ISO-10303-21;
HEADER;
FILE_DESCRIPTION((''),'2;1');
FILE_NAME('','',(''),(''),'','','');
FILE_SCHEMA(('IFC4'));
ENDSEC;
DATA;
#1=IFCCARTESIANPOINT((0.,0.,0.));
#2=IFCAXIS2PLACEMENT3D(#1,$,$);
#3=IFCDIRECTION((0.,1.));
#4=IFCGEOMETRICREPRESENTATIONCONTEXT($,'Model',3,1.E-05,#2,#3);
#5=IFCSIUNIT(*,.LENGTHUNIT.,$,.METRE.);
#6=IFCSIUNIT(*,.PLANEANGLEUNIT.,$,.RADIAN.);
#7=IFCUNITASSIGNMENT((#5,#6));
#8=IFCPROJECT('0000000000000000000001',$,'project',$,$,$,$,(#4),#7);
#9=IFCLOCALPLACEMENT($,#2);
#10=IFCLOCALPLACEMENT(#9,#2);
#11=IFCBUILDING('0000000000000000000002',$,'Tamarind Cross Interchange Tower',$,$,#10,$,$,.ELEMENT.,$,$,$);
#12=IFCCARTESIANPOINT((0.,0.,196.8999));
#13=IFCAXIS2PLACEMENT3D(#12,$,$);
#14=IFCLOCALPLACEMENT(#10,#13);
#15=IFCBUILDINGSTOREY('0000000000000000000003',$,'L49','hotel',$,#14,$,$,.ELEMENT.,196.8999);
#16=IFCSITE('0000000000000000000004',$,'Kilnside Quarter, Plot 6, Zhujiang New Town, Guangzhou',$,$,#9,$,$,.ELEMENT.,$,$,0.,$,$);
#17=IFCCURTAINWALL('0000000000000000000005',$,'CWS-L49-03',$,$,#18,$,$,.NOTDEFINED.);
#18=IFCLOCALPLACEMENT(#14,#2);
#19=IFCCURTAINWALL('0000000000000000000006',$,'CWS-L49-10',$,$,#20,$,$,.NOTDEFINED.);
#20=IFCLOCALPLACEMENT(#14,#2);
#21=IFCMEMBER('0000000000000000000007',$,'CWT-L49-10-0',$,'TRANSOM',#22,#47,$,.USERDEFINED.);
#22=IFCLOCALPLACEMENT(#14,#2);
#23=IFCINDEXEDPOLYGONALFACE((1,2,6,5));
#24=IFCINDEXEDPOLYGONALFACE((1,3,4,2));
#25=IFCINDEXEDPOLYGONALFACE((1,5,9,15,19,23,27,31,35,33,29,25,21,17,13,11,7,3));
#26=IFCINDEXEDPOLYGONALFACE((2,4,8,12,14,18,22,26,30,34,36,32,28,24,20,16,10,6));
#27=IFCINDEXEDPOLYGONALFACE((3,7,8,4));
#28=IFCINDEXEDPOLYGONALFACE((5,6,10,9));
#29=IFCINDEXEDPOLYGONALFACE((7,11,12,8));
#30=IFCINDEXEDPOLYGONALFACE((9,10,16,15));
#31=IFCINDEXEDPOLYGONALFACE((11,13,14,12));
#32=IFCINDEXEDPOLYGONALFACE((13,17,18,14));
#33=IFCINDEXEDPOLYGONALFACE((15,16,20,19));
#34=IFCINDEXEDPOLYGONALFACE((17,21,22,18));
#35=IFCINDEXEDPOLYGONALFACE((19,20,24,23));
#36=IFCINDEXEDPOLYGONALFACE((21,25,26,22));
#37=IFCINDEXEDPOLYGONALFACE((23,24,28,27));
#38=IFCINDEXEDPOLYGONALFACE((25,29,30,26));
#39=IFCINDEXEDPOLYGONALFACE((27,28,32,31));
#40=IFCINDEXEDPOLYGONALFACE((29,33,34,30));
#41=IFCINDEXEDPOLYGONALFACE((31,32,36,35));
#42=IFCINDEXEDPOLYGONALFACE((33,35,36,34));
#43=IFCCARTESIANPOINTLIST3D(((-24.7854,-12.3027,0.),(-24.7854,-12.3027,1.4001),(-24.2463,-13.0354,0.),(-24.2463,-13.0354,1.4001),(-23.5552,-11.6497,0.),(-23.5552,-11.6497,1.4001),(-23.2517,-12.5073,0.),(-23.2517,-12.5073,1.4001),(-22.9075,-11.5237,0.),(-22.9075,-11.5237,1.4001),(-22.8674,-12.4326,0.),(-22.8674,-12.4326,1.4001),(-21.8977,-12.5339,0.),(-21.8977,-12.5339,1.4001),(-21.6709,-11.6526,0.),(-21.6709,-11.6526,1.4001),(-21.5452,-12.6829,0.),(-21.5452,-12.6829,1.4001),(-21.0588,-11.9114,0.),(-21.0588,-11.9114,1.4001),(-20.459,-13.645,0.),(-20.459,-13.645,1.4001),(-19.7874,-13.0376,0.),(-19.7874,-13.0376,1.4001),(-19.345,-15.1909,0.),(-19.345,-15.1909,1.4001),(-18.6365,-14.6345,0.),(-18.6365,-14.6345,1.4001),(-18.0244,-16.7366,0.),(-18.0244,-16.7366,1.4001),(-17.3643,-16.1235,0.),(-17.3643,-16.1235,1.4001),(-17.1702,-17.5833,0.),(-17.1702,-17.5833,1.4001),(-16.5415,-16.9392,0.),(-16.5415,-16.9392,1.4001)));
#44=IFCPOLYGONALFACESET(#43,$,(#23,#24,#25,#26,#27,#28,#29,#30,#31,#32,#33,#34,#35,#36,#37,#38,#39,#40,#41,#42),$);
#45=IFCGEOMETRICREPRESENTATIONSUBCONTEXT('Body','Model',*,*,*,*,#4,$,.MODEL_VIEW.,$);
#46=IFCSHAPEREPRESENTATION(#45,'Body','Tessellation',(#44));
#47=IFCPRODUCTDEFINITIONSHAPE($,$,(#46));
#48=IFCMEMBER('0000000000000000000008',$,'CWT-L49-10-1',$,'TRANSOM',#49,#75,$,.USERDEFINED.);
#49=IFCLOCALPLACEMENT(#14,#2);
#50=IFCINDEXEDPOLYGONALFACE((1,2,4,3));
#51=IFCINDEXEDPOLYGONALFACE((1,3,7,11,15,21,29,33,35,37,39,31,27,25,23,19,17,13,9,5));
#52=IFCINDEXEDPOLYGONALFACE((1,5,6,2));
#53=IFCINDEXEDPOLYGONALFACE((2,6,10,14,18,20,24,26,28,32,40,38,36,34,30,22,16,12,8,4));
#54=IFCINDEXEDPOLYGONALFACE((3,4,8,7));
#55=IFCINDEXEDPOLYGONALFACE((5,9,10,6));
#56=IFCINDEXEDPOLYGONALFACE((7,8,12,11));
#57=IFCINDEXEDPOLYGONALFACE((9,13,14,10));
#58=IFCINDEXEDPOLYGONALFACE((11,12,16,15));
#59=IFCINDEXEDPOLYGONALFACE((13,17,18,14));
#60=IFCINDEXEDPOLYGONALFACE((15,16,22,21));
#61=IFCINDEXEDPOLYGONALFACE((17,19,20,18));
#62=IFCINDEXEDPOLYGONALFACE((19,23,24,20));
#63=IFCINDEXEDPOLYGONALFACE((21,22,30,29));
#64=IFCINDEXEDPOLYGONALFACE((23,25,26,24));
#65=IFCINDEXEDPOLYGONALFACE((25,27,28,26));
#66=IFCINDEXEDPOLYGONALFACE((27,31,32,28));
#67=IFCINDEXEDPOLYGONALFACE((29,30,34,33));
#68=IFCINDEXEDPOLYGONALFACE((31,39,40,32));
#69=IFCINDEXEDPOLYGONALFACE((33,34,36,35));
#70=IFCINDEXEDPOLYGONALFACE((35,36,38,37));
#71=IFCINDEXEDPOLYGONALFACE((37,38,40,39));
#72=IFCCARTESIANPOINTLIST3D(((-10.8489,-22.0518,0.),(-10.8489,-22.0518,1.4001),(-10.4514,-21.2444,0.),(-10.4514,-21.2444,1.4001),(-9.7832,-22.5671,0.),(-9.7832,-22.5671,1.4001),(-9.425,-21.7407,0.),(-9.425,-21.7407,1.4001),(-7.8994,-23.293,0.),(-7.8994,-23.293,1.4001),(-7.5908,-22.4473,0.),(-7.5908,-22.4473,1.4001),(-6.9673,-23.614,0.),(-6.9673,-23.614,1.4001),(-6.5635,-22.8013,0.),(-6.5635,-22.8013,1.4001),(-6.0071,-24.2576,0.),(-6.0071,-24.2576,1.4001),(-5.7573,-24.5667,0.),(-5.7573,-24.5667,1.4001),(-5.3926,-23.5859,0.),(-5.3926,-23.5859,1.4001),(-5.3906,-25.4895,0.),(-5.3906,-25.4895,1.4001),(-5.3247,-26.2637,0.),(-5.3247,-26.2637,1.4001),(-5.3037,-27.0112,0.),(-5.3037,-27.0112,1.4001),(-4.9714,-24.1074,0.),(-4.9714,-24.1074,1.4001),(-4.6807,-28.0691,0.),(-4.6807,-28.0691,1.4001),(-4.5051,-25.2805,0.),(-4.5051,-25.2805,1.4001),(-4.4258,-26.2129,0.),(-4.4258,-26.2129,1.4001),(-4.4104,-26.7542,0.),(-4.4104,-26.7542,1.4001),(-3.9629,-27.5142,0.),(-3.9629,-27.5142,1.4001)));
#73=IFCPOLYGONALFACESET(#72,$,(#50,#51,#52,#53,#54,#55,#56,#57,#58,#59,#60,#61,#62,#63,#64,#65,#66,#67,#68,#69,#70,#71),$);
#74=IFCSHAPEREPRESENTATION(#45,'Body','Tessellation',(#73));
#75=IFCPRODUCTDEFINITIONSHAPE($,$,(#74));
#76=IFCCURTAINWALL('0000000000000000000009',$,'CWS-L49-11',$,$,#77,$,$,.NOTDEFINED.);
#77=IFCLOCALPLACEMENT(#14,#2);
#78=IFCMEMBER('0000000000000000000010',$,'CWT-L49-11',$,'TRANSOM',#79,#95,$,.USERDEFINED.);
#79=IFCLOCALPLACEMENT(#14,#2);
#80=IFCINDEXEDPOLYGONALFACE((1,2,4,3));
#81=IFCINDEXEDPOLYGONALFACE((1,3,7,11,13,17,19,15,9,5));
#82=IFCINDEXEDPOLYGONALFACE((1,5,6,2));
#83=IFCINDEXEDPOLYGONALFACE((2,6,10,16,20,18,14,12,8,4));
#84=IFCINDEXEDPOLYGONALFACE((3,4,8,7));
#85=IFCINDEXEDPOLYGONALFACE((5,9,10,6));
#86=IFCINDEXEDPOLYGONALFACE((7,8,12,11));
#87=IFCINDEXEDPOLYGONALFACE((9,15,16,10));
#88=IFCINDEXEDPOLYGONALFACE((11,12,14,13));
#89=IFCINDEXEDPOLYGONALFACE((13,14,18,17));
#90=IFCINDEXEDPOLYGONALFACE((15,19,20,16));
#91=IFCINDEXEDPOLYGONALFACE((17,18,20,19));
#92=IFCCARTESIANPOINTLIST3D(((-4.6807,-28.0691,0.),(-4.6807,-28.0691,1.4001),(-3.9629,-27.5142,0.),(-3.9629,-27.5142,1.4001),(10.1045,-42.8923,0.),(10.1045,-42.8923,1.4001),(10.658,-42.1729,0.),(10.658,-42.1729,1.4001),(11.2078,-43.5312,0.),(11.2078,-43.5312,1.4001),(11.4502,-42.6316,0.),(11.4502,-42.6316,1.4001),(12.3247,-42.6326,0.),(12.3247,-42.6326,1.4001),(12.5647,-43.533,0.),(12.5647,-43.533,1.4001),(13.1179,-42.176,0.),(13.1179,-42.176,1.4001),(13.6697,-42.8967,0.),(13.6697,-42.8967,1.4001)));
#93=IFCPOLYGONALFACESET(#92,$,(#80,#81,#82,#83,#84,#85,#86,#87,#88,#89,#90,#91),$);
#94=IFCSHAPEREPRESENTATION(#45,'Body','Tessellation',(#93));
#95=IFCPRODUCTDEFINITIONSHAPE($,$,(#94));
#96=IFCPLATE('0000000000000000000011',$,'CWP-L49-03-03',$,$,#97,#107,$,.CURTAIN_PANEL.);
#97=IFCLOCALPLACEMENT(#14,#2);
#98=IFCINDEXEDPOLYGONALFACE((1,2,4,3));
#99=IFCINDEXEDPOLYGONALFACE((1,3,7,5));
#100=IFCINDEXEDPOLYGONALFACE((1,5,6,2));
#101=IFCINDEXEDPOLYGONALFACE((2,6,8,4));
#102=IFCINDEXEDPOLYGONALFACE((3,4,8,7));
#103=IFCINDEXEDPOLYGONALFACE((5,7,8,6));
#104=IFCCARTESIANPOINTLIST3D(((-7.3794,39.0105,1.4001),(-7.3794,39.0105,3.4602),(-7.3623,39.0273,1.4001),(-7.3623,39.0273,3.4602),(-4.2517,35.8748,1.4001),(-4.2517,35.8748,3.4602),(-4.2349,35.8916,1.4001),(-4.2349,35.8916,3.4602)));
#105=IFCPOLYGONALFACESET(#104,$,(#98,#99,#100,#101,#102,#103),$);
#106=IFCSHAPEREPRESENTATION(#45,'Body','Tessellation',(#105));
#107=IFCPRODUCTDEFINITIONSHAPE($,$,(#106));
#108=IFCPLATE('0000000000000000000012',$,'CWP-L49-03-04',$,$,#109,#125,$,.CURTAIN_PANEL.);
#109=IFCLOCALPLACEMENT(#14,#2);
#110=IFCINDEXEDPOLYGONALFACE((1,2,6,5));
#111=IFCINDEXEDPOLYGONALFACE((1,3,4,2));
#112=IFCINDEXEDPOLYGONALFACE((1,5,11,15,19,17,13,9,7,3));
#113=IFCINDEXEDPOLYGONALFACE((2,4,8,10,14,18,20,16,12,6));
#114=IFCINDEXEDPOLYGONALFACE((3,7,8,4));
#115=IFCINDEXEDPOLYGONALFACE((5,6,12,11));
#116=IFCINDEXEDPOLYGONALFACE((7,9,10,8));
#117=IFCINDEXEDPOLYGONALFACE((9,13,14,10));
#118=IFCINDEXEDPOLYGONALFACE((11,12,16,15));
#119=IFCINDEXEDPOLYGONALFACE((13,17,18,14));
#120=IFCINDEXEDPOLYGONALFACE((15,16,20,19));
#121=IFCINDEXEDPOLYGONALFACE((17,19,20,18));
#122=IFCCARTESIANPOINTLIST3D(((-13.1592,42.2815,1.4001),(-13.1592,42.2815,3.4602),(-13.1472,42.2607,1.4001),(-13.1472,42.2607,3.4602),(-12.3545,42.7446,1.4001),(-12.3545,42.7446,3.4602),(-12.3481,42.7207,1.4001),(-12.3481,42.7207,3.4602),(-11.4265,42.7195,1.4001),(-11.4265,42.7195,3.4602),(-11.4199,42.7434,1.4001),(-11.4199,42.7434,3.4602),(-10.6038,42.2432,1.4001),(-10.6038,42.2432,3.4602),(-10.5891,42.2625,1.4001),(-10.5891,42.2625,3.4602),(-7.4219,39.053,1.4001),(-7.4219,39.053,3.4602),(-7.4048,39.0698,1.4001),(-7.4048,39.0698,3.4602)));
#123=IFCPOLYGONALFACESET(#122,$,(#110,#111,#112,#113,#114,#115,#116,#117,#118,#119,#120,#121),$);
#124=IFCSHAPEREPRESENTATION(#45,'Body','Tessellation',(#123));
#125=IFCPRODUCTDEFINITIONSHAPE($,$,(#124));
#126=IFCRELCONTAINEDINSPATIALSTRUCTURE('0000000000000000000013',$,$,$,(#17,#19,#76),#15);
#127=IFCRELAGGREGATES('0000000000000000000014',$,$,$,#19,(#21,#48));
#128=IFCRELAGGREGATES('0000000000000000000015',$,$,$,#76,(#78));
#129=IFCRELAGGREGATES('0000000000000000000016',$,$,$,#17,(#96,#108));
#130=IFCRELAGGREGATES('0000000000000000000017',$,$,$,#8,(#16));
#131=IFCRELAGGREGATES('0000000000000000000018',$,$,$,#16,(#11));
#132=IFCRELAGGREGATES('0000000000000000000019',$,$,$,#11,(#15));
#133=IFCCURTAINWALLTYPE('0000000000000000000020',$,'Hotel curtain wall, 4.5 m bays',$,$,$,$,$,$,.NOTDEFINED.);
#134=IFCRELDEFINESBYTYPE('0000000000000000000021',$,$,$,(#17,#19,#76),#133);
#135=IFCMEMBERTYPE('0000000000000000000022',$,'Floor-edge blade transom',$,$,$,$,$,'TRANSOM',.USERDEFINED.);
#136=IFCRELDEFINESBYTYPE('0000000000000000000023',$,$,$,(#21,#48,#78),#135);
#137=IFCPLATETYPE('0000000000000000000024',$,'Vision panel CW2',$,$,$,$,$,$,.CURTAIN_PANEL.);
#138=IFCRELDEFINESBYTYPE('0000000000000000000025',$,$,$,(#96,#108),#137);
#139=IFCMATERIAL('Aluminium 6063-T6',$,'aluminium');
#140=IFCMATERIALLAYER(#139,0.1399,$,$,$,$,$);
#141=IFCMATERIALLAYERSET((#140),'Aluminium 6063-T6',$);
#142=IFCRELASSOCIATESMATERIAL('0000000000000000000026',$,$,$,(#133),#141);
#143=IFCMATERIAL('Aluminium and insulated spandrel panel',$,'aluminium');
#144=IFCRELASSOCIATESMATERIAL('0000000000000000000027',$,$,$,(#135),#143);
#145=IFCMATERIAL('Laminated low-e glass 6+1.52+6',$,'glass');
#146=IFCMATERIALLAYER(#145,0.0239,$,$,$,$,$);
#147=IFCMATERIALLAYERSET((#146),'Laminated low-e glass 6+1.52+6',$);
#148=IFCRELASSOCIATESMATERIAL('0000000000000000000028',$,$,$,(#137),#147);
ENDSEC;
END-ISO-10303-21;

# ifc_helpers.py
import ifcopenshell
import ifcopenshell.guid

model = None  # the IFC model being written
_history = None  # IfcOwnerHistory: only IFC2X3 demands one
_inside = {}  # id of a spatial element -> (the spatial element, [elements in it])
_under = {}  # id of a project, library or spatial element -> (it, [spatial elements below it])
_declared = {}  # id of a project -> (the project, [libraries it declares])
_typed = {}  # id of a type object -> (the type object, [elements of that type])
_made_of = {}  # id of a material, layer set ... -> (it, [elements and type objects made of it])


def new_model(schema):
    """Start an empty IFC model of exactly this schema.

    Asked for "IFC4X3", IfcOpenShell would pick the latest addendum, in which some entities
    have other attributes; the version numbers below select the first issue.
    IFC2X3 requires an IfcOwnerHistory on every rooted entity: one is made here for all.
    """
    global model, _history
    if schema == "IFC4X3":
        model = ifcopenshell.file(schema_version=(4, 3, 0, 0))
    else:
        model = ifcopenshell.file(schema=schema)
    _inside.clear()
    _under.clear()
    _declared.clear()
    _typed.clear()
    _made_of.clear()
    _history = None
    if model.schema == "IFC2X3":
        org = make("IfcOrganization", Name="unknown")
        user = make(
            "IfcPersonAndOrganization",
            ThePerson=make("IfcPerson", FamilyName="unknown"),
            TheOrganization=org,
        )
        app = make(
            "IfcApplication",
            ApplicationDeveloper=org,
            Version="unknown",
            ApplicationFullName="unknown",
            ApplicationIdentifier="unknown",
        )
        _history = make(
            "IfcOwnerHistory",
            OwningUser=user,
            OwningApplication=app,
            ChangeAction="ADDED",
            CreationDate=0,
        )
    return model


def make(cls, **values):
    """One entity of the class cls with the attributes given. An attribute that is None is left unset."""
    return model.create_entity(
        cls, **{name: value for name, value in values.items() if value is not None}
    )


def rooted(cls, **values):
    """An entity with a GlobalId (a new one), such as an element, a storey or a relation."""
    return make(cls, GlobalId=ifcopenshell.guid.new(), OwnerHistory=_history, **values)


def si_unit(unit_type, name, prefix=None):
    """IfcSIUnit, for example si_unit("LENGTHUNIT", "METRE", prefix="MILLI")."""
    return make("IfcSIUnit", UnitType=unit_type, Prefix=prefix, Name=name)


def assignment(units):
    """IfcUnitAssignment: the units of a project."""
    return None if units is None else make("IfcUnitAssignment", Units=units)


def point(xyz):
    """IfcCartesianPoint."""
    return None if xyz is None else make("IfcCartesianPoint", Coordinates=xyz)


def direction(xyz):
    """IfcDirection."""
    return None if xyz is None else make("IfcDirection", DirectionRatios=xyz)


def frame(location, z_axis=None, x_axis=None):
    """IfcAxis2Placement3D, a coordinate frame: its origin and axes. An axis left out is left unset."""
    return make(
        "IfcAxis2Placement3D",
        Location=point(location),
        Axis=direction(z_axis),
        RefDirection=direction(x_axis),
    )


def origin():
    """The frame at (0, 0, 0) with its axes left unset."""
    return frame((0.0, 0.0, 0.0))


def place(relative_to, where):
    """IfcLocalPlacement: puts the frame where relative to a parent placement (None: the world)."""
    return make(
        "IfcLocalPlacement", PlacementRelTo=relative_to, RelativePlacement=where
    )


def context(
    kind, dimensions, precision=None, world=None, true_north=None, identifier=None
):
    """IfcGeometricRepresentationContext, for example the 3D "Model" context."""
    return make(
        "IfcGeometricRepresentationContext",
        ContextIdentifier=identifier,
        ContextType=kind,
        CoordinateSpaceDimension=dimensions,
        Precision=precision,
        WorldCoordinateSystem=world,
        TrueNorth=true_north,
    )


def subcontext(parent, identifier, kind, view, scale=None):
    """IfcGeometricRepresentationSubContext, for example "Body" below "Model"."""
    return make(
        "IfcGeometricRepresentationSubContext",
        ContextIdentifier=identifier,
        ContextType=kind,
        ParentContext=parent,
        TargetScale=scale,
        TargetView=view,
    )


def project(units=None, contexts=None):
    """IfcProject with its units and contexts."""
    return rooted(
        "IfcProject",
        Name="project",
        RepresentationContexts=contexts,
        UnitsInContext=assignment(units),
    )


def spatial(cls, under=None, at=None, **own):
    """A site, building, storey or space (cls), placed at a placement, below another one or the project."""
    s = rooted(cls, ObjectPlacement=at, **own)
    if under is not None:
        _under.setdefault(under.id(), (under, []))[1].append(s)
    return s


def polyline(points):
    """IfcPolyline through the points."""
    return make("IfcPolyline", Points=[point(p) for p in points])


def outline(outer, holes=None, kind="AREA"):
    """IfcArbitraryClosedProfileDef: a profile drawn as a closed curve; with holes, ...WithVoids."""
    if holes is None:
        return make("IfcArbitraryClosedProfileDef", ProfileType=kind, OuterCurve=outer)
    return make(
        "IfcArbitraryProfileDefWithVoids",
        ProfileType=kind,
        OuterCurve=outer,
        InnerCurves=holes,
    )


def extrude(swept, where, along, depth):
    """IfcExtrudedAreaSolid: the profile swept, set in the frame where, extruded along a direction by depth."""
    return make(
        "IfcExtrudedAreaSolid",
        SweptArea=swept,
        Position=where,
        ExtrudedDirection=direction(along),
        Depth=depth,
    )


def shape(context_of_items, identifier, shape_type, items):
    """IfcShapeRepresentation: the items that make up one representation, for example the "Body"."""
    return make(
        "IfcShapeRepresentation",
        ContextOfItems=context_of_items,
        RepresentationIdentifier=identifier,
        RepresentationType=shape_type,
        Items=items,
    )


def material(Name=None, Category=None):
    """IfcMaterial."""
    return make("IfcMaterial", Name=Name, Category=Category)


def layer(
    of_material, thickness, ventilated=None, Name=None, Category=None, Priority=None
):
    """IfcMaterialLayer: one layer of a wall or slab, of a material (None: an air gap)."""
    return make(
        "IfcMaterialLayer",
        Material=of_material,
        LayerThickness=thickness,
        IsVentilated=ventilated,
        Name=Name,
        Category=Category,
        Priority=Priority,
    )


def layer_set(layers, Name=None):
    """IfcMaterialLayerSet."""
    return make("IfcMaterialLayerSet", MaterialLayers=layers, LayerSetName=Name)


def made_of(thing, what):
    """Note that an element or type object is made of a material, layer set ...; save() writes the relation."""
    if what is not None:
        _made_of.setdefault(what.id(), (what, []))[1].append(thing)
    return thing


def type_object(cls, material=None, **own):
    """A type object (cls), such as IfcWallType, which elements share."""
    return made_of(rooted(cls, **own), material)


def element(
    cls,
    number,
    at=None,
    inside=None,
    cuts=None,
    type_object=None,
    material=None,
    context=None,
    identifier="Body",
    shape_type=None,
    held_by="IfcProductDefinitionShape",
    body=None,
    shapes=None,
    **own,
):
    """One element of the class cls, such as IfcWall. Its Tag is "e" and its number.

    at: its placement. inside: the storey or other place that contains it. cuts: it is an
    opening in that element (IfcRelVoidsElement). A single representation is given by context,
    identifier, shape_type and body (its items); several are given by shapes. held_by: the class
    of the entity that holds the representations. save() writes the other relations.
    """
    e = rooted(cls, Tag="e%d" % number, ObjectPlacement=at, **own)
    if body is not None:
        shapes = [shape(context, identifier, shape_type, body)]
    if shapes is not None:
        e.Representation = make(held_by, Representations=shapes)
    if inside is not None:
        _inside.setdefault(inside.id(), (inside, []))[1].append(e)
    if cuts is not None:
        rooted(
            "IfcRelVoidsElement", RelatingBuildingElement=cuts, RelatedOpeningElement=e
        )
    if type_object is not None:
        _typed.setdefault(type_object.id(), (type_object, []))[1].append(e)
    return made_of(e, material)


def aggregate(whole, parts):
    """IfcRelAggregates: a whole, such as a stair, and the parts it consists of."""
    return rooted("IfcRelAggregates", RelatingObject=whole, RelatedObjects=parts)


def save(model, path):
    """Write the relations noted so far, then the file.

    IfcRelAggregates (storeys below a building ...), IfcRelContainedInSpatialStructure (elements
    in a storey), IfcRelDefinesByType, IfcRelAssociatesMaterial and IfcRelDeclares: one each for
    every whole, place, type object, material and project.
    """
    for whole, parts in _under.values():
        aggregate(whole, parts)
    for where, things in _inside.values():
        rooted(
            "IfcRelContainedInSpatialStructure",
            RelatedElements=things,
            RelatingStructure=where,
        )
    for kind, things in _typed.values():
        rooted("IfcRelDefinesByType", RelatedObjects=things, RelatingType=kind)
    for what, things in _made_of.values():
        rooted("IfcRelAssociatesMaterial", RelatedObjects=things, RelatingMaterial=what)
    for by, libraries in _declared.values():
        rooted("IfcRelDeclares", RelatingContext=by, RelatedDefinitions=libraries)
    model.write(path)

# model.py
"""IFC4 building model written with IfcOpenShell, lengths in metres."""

from ifc_helpers import new_model, si_unit, direction, frame, origin, place, context, subcontext, project, spatial, polyline, outline, extrude, material, layer, layer_set, type_object, element, aggregate, save


model = new_model("IFC4")

# Units and contexts
model_context = context("Model", 3, precision=1e-05, world=origin(), true_north=direction((0.0, 1.0)))
body_context = subcontext(model_context, "Body", "Model", "MODEL_VIEW")
ifc_project = project(units=[si_unit("LENGTHUNIT", "METRE"), si_unit("PLANEANGLEUNIT", "RADIAN")], contexts=[model_context])

# Site, building, storey
site_placement = place(None, origin())
site = spatial("IfcSite", under=ifc_project, at=site_placement, Name="Kilnside Quarter, Plot 6, Zhujiang New Town, Guangzhou", CompositionType="ELEMENT", RefElevation=0.0)
building_placement = place(site_placement, origin())
building = spatial("IfcBuilding", under=site, at=building_placement, Name="Tamarind Cross Interchange Tower", CompositionType="ELEMENT")
storey_placement = place(building_placement, frame((0.0, 0.0, 196.8999)))
storey = spatial("IfcBuildingStorey", under=building, at=storey_placement, Name="L49", Description="hotel", CompositionType="ELEMENT", Elevation=196.8999)

# Curtain wall
ifc_material_1 = material(Name="Aluminium 6063-T6", Category="aluminium")
ifc_layer_1 = layer(ifc_material_1, 0.1399)
ifc_layer_set_1 = layer_set([ifc_layer_1], Name="Aluminium 6063-T6")
curtain_wall_type = type_object("IfcCurtainWallType", Name="Hotel curtain wall, 4.5 m bays", PredefinedType="NOTDEFINED", material=ifc_layer_set_1)
curtain_wall_1_placement = place(storey_placement, origin())
curtain_wall_1 = element("IfcCurtainWall", 1, at=curtain_wall_1_placement, inside=storey, type_object=curtain_wall_type, Name="CWS-L49-03", PredefinedType="NOTDEFINED")
ifc_material_2 = material(Name="Aluminium and insulated spandrel panel", Category="aluminium")
member_type = type_object("IfcMemberType", Name="Floor-edge blade transom", ElementType="TRANSOM", PredefinedType="USERDEFINED", material=ifc_material_2)

# Curtain wall, members
curtain_wall_2_placement = place(storey_placement, origin())
curtain_wall_2 = element("IfcCurtainWall", 2, at=curtain_wall_2_placement, inside=storey, type_object=curtain_wall_type, Name="CWS-L49-10", PredefinedType="NOTDEFINED")
member_1_placement = place(storey_placement, origin())
member_1 = element("IfcMember", 3, at=member_1_placement, type_object=member_type, Name="CWT-L49-10-0", ObjectType="TRANSOM", PredefinedType="USERDEFINED", context=body_context, shape_type="SweptSolid", body=[
    extrude(outline(polyline([(-24.7854, -12.3027), (-23.5552, -11.6497), (-22.9075, -11.5237), (-21.6709, -11.6526), (-21.0588, -11.9114), (-19.7874, -13.0376), (-18.6365, -14.6345), (-17.3643, -16.1235), (-16.5415, -16.9392), (-17.1702, -17.5833), (-18.0244, -16.7366), (-19.345, -15.1909), (-20.459, -13.645), (-21.5452, -12.6829), (-21.8977, -12.5339), (-22.8674, -12.4326), (-23.2517, -12.5073), (-24.2463, -13.0354), (-24.7854, -12.3027)])), origin(), (0.0, 0.0, 1.0), 1.4001),
])
member_2_placement = place(storey_placement, origin())
member_2 = element("IfcMember", 4, at=member_2_placement, type_object=member_type, Name="CWT-L49-10-1", ObjectType="TRANSOM", PredefinedType="USERDEFINED", context=body_context, shape_type="SweptSolid", body=[
    extrude(outline(polyline([(-10.4514, -21.2444), (-9.425, -21.7407), (-7.5908, -22.4473), (-6.5635, -22.8013), (-5.3926, -23.5859), (-4.9714, -24.1074), (-4.5051, -25.2805), (-4.4258, -26.2129), (-4.4104, -26.7542), (-3.9629, -27.5142), (-4.6807, -28.0691), (-5.3037, -27.0112), (-5.3247, -26.2637), (-5.3906, -25.4895), (-5.7573, -24.5667), (-6.0071, -24.2576), (-6.9673, -23.614), (-7.8994, -23.293), (-9.7832, -22.5671), (-10.8489, -22.0518), (-10.4514, -21.2444)])), origin(), (0.0, 0.0, 1.0), 1.4001),
])
aggregate(curtain_wall_2, [member_1, member_2])

# Curtain wall, member
curtain_wall_3_placement = place(storey_placement, origin())
curtain_wall_3 = element("IfcCurtainWall", 5, at=curtain_wall_3_placement, inside=storey, type_object=curtain_wall_type, Name="CWS-L49-11", PredefinedType="NOTDEFINED")
member_3_placement = place(storey_placement, origin())
member_3 = element("IfcMember", 6, at=member_3_placement, type_object=member_type, Name="CWT-L49-11", ObjectType="TRANSOM", PredefinedType="USERDEFINED", context=body_context, shape_type="SweptSolid", body=[
    extrude(outline(polyline([(-3.9629, -27.5142), (10.658, -42.1729), (11.4502, -42.6316), (12.3247, -42.6326), (13.1179, -42.176), (13.6697, -42.8967), (12.5647, -43.533), (11.2078, -43.5312), (10.1045, -42.8923), (-4.6807, -28.0691), (-3.9629, -27.5142)])), origin(), (0.0, 0.0, 1.0), 1.4001),
])
aggregate(curtain_wall_3, [member_3])

# Plates
ifc_material_3 = material(Name="Laminated low-e glass 6+1.52+6", Category="glass")
ifc_layer_2 = layer(ifc_material_3, 0.0239)
ifc_layer_set_2 = layer_set([ifc_layer_2], Name="Laminated low-e glass 6+1.52+6")
plate_type = type_object("IfcPlateType", Name="Vision panel CW2", PredefinedType="CURTAIN_PANEL", material=ifc_layer_set_2)
plate_1_placement = place(storey_placement, frame((0.0, 0.0, 1.4001)))
plate_1 = element("IfcPlate", 7, at=plate_1_placement, type_object=plate_type, Name="CWP-L49-03-03", PredefinedType="CURTAIN_PANEL", context=body_context, shape_type="SweptSolid", body=[
    extrude(outline(polyline([(-4.2517, 35.8748), (-7.3794, 39.0105), (-7.3623, 39.0273), (-4.2349, 35.8916), (-4.2517, 35.8748)])), origin(), (0.0, 0.0, 1.0), 2.0601),
])
plate_2_placement = place(storey_placement, frame((0.0, 0.0, 1.4001)))
plate_2 = element("IfcPlate", 8, at=plate_2_placement, type_object=plate_type, Name="CWP-L49-03-04", PredefinedType="CURTAIN_PANEL", context=body_context, shape_type="SweptSolid", body=[
    extrude(outline(polyline([(-7.4219, 39.053), (-10.6038, 42.2432), (-11.4265, 42.7195), (-12.3481, 42.7207), (-13.1472, 42.2607), (-13.1592, 42.2815), (-12.3545, 42.7446), (-11.4199, 42.7434), (-10.5891, 42.2625), (-7.4048, 39.0698), (-7.4219, 39.053)])), origin(), (0.0, 0.0, 1.0), 2.0601),
])
aggregate(curtain_wall_1, [plate_1, plate_2])

save(model, "model.ifc")
